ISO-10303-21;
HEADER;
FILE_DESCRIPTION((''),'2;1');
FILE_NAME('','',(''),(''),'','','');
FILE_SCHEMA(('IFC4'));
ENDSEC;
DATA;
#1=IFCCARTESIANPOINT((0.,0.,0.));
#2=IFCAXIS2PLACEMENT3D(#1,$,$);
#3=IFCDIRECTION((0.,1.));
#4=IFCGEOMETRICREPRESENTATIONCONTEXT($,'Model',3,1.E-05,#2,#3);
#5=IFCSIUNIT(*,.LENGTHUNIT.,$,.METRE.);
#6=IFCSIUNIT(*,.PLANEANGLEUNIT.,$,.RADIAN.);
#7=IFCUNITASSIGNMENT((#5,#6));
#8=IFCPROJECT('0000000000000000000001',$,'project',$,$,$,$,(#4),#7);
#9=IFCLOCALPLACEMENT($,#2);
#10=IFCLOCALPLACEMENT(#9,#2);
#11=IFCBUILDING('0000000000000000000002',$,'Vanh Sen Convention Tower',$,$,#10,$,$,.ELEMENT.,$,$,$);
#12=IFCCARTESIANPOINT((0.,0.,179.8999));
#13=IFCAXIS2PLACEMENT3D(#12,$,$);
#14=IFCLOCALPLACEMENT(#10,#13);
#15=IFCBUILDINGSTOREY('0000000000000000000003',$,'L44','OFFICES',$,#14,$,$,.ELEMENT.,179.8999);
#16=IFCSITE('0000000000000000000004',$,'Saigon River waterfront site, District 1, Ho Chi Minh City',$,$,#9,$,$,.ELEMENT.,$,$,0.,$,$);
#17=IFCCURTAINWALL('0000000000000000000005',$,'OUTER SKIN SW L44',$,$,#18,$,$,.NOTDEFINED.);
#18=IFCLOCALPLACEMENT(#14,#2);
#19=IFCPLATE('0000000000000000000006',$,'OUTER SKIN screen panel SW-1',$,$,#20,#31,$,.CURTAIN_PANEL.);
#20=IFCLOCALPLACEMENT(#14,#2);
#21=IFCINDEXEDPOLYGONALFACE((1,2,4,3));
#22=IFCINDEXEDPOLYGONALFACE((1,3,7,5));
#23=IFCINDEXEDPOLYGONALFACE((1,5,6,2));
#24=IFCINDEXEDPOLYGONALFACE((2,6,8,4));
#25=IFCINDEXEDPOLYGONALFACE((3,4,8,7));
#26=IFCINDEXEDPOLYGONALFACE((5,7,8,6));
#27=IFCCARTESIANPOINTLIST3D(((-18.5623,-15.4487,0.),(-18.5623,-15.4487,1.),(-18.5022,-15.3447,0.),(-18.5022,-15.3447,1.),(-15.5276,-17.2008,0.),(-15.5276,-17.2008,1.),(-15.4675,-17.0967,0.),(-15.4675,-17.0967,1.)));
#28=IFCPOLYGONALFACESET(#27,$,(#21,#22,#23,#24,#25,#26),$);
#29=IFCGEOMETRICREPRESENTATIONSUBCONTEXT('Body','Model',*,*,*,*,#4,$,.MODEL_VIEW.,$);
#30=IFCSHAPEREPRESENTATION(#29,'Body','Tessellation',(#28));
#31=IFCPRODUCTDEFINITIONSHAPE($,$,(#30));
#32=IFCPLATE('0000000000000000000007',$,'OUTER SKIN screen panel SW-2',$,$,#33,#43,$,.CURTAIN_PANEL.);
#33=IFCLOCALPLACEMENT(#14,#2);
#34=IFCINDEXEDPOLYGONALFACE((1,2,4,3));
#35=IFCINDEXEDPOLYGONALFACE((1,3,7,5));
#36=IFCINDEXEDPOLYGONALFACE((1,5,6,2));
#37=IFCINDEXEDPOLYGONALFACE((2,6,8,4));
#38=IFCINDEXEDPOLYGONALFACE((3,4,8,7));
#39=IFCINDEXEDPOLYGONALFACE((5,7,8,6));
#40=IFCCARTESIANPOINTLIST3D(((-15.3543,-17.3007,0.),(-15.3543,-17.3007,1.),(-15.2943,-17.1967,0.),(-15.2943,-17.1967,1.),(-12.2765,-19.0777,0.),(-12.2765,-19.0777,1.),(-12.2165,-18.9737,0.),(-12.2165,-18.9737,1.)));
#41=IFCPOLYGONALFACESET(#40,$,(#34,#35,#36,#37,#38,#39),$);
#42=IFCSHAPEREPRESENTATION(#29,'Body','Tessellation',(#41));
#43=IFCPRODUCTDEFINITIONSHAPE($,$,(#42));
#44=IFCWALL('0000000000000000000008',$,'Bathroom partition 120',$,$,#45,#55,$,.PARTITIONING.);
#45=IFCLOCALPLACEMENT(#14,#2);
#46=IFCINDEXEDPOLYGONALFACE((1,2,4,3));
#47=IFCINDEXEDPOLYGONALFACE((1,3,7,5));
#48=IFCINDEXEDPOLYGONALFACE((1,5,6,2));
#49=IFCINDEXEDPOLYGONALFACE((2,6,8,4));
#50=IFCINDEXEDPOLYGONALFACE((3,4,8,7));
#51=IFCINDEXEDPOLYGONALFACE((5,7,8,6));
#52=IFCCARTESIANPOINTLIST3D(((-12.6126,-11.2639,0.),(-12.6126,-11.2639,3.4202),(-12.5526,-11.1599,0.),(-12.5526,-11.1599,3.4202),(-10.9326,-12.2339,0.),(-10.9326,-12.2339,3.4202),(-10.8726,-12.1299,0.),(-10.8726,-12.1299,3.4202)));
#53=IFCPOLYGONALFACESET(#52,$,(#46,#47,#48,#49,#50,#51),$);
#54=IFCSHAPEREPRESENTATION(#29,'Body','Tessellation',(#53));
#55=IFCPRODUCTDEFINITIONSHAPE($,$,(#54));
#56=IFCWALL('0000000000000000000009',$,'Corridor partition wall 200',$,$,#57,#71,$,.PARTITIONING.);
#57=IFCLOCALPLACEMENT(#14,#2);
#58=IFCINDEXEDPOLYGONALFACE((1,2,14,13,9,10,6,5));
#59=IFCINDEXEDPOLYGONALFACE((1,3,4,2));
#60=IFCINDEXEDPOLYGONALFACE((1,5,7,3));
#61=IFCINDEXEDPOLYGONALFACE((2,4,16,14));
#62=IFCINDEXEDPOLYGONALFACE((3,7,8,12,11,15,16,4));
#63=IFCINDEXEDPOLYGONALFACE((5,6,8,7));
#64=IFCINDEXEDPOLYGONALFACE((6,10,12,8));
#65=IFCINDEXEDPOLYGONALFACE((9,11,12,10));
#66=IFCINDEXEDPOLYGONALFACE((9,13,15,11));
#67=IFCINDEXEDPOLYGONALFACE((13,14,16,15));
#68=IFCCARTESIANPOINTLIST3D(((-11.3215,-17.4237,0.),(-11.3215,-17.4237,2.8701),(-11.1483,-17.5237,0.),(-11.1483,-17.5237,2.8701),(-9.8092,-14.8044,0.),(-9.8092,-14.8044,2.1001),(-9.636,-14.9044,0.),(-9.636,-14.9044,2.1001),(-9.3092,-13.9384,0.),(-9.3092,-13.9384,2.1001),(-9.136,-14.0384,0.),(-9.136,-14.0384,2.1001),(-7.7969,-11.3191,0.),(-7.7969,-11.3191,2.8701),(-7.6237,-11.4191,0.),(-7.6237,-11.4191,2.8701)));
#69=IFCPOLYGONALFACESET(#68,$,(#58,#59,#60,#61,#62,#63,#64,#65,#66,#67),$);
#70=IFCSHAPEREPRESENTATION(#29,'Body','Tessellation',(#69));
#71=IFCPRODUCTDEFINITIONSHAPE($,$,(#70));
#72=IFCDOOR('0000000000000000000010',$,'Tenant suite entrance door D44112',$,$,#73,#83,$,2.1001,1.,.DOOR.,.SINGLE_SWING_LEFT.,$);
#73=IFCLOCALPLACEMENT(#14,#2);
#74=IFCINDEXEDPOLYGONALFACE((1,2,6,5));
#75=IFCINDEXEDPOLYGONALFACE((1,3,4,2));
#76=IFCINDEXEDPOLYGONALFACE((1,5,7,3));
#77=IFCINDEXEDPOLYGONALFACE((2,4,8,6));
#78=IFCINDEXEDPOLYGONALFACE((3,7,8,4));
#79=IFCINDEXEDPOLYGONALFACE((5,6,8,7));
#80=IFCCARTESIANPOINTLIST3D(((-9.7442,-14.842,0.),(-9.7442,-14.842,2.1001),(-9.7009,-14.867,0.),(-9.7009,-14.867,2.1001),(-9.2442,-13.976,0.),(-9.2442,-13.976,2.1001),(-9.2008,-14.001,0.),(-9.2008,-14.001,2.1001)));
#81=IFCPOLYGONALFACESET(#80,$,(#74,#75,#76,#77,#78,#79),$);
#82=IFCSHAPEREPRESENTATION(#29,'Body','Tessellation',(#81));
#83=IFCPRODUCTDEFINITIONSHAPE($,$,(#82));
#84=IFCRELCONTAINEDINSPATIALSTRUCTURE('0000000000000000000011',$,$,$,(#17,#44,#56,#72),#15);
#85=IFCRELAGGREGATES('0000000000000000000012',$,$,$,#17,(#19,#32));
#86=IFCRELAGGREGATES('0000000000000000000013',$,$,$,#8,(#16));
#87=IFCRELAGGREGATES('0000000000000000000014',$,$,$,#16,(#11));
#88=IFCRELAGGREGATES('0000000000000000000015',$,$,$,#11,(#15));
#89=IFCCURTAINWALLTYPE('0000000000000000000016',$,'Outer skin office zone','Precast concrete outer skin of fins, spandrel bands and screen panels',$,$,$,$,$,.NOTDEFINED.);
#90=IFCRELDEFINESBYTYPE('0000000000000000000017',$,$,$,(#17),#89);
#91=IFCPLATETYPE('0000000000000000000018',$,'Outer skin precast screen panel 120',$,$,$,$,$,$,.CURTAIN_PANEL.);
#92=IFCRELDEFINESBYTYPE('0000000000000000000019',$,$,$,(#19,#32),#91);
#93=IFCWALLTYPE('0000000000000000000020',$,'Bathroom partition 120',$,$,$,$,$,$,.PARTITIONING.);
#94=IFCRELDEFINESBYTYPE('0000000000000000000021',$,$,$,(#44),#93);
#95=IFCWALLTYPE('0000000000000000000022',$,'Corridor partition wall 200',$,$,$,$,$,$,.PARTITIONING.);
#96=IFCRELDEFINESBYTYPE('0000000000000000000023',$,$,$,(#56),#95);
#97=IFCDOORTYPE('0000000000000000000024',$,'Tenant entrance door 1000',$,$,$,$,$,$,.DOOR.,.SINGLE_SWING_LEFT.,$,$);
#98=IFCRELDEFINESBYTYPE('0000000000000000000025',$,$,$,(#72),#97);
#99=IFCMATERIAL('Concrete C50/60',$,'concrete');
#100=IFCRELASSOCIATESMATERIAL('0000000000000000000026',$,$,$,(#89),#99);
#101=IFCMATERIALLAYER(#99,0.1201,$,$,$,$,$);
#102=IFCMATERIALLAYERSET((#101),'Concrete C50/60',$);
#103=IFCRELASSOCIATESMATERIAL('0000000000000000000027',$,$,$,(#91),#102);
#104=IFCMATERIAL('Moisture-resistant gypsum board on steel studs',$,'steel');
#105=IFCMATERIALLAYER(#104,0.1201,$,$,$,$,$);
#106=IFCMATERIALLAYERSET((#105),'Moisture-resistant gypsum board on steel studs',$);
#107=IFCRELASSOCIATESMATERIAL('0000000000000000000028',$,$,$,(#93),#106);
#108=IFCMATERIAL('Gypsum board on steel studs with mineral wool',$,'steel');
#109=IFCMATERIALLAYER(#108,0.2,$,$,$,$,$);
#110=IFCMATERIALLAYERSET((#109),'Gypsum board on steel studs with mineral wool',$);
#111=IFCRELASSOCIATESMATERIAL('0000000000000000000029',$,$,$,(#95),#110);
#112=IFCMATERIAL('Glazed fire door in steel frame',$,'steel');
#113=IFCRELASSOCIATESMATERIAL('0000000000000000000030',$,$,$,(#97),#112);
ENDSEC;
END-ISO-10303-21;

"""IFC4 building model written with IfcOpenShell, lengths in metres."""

from ifc_helpers import new_model, si_unit, direction, frame, frame_2d, origin, origin_2d, place, context, subcontext, project, spatial, rectangle, extrude, material, layer, layer_set, type_object, element, fill, aggregate, save


model = new_model("IFC4")

# Units and contexts
model_context = context("Model", 3, precision=1e-05, world=origin(), true_north=direction((0.0, 1.0)))
body_context = subcontext(model_context, "Body", "Model", "MODEL_VIEW")
ifc_project = project(units=[si_unit("LENGTHUNIT", "METRE"), si_unit("PLANEANGLEUNIT", "RADIAN")], contexts=[model_context])

# Site, building, storey
site_placement = place(None, origin())
site = spatial("IfcSite", under=ifc_project, at=site_placement, Name="Saigon River waterfront site, District 1, Ho Chi Minh City", CompositionType="ELEMENT", RefElevation=0.0)
building_placement = place(site_placement, origin())
building = spatial("IfcBuilding", under=site, at=building_placement, Name="Vanh Sen Convention Tower", CompositionType="ELEMENT")
storey_placement = place(building_placement, frame((0.0, 0.0, 179.8999)))
storey = spatial("IfcBuildingStorey", under=building, at=storey_placement, Name="L44", Description="OFFICES", CompositionType="ELEMENT", Elevation=179.8999)

# Curtain wall
ifc_material_1 = material(Name="Concrete C50/60", Category="concrete")
curtain_wall_type = type_object("IfcCurtainWallType", Name="Outer skin office zone", Description="Precast concrete outer skin of fins, spandrel bands and screen panels", PredefinedType="NOTDEFINED", material=ifc_material_1)
curtain_wall_1_placement = place(storey_placement, origin())
curtain_wall_1 = element("IfcCurtainWall", 1, at=curtain_wall_1_placement, inside=storey, type_object=curtain_wall_type, Name="OUTER SKIN SW L44", PredefinedType="NOTDEFINED")

# Shared definitions
ifc_layer_1 = layer(ifc_material_1, 0.1201)
ifc_layer_set_1 = layer_set([ifc_layer_1], Name="Concrete C50/60")
plate_type = type_object("IfcPlateType", Name="Outer skin precast screen panel 120", PredefinedType="CURTAIN_PANEL", material=ifc_layer_set_1)

# Plates
plate_1_placement = place(storey_placement, frame((-17.0149, -16.2727, 0.0), z_axis=(0.0, 0.0, 1.0), x_axis=(0.866024, -0.500003, 0.0)))
plate_1 = element("IfcPlate", 2, at=plate_1_placement, type_object=plate_type, Name="OUTER SKIN screen panel SW-1", PredefinedType="CURTAIN_PANEL", context=body_context, shape_type="SweptSolid", body=[
    extrude(rectangle(XDim=3.5042, YDim=0.1201, at=origin_2d()), origin(), (0.0, 0.0, 1.0), 1.0),
])
plate_2_placement = place(storey_placement, frame((-13.7854, -18.1372, 0.0), z_axis=(0.0, 0.0, 1.0), x_axis=(0.866028, -0.499995, 0.0)))
plate_2 = element("IfcPlate", 3, at=plate_2_placement, type_object=plate_type, Name="OUTER SKIN screen panel SW-2", PredefinedType="CURTAIN_PANEL", context=body_context, shape_type="SweptSolid", body=[
    extrude(rectangle(XDim=3.554, YDim=0.1201, at=origin_2d()), origin(), (0.0, 0.0, 1.0), 1.0),
])
aggregate(curtain_wall_1, [plate_1, plate_2])

# Wall
ifc_material_2 = material(Name="Moisture-resistant gypsum board on steel studs", Category="steel")
ifc_layer_2 = layer(ifc_material_2, 0.1201)
ifc_layer_set_2 = layer_set([ifc_layer_2], Name="Moisture-resistant gypsum board on steel studs")
wall_type_1 = type_object("IfcWallType", Name="Bathroom partition 120", PredefinedType="PARTITIONING", material=ifc_layer_set_2)
wall_1_placement = place(storey_placement, frame((-10.9026, -12.1819, 0.0), z_axis=(0.0, 0.0, 1.0), x_axis=(-0.866012, 0.500024, 0.0)))
element("IfcWall", 4, at=wall_1_placement, inside=storey, type_object=wall_type_1, Name="Bathroom partition 120", PredefinedType="PARTITIONING", context=body_context, shape_type="SweptSolid", body=[
    extrude(rectangle(XDim=1.9399, YDim=0.1201, at=frame_2d((0.97, 0.0))), origin(), (0.0, 0.0, 1.0), 3.4202),
])

# Wall, opening, door
ifc_material_3 = material(Name="Gypsum board on steel studs with mineral wool", Category="steel")
ifc_layer_3 = layer(ifc_material_3, 0.2)
ifc_layer_set_3 = layer_set([ifc_layer_3], Name="Gypsum board on steel studs with mineral wool")
wall_type_2 = type_object("IfcWallType", Name="Corridor partition wall 200", PredefinedType="PARTITIONING", material=ifc_layer_set_3)
wall_2_placement = place(storey_placement, frame((-11.2349, -17.4736, 0.0), z_axis=(0.0, 0.0, 1.0), x_axis=(0.500009, 0.86602, 0.0)))
wall_2 = element("IfcWall", 5, at=wall_2_placement, inside=storey, type_object=wall_type_2, Name="Corridor partition wall 200", PredefinedType="PARTITIONING", context=body_context, shape_type="SweptSolid", body=[
    extrude(rectangle(XDim=7.0491, YDim=0.2, at=frame_2d((3.5244, 0.0))), origin(), (0.0, 0.0, 1.0), 2.8701),
])
opening_1_placement = place(wall_2_placement, frame((3.0244, 0.0, 0.0)))
opening_1 = element("IfcOpeningElement", 6, at=opening_1_placement, cuts=wall_2, PredefinedType="OPENING", context=body_context, shape_type="SweptSolid", body=[
    extrude(rectangle(XDim=1.0, YDim=2.1001, at=frame_2d((0.5, 1.05))), frame((0.0, 0.1099, 0.0), z_axis=(0.0, -1.0, 0.0), x_axis=(1.0, 0.0, 0.0)), (0.0, 0.0, 1.0), 0.22),
])
ifc_material_4 = material(Name="Glazed fire door in steel frame", Category="steel")
door_type = type_object("IfcDoorType", Name="Tenant entrance door 1000", OperationType="SINGLE_SWING_LEFT", PredefinedType="DOOR", material=ifc_material_4)
door_placement = place(opening_1_placement, origin())
door = element("IfcDoor", 7, at=door_placement, inside=storey, type_object=door_type, Name="Tenant suite entrance door D44112", OperationType="SINGLE_SWING_LEFT", OverallHeight=2.1001, OverallWidth=1.0, PredefinedType="DOOR", context=body_context, shape_type="SweptSolid", body=[
    extrude(rectangle(XDim=1.0, YDim=2.1001, at=frame_2d((0.5, 1.05))), frame((0.0, 0.0249, 0.0), z_axis=(0.0, -1.0, 0.0), x_axis=(1.0, 0.0, 0.0)), (0.0, 0.0, 1.0), 0.05),
])
fill(opening_1, door)

save(model, "model.ifc")
